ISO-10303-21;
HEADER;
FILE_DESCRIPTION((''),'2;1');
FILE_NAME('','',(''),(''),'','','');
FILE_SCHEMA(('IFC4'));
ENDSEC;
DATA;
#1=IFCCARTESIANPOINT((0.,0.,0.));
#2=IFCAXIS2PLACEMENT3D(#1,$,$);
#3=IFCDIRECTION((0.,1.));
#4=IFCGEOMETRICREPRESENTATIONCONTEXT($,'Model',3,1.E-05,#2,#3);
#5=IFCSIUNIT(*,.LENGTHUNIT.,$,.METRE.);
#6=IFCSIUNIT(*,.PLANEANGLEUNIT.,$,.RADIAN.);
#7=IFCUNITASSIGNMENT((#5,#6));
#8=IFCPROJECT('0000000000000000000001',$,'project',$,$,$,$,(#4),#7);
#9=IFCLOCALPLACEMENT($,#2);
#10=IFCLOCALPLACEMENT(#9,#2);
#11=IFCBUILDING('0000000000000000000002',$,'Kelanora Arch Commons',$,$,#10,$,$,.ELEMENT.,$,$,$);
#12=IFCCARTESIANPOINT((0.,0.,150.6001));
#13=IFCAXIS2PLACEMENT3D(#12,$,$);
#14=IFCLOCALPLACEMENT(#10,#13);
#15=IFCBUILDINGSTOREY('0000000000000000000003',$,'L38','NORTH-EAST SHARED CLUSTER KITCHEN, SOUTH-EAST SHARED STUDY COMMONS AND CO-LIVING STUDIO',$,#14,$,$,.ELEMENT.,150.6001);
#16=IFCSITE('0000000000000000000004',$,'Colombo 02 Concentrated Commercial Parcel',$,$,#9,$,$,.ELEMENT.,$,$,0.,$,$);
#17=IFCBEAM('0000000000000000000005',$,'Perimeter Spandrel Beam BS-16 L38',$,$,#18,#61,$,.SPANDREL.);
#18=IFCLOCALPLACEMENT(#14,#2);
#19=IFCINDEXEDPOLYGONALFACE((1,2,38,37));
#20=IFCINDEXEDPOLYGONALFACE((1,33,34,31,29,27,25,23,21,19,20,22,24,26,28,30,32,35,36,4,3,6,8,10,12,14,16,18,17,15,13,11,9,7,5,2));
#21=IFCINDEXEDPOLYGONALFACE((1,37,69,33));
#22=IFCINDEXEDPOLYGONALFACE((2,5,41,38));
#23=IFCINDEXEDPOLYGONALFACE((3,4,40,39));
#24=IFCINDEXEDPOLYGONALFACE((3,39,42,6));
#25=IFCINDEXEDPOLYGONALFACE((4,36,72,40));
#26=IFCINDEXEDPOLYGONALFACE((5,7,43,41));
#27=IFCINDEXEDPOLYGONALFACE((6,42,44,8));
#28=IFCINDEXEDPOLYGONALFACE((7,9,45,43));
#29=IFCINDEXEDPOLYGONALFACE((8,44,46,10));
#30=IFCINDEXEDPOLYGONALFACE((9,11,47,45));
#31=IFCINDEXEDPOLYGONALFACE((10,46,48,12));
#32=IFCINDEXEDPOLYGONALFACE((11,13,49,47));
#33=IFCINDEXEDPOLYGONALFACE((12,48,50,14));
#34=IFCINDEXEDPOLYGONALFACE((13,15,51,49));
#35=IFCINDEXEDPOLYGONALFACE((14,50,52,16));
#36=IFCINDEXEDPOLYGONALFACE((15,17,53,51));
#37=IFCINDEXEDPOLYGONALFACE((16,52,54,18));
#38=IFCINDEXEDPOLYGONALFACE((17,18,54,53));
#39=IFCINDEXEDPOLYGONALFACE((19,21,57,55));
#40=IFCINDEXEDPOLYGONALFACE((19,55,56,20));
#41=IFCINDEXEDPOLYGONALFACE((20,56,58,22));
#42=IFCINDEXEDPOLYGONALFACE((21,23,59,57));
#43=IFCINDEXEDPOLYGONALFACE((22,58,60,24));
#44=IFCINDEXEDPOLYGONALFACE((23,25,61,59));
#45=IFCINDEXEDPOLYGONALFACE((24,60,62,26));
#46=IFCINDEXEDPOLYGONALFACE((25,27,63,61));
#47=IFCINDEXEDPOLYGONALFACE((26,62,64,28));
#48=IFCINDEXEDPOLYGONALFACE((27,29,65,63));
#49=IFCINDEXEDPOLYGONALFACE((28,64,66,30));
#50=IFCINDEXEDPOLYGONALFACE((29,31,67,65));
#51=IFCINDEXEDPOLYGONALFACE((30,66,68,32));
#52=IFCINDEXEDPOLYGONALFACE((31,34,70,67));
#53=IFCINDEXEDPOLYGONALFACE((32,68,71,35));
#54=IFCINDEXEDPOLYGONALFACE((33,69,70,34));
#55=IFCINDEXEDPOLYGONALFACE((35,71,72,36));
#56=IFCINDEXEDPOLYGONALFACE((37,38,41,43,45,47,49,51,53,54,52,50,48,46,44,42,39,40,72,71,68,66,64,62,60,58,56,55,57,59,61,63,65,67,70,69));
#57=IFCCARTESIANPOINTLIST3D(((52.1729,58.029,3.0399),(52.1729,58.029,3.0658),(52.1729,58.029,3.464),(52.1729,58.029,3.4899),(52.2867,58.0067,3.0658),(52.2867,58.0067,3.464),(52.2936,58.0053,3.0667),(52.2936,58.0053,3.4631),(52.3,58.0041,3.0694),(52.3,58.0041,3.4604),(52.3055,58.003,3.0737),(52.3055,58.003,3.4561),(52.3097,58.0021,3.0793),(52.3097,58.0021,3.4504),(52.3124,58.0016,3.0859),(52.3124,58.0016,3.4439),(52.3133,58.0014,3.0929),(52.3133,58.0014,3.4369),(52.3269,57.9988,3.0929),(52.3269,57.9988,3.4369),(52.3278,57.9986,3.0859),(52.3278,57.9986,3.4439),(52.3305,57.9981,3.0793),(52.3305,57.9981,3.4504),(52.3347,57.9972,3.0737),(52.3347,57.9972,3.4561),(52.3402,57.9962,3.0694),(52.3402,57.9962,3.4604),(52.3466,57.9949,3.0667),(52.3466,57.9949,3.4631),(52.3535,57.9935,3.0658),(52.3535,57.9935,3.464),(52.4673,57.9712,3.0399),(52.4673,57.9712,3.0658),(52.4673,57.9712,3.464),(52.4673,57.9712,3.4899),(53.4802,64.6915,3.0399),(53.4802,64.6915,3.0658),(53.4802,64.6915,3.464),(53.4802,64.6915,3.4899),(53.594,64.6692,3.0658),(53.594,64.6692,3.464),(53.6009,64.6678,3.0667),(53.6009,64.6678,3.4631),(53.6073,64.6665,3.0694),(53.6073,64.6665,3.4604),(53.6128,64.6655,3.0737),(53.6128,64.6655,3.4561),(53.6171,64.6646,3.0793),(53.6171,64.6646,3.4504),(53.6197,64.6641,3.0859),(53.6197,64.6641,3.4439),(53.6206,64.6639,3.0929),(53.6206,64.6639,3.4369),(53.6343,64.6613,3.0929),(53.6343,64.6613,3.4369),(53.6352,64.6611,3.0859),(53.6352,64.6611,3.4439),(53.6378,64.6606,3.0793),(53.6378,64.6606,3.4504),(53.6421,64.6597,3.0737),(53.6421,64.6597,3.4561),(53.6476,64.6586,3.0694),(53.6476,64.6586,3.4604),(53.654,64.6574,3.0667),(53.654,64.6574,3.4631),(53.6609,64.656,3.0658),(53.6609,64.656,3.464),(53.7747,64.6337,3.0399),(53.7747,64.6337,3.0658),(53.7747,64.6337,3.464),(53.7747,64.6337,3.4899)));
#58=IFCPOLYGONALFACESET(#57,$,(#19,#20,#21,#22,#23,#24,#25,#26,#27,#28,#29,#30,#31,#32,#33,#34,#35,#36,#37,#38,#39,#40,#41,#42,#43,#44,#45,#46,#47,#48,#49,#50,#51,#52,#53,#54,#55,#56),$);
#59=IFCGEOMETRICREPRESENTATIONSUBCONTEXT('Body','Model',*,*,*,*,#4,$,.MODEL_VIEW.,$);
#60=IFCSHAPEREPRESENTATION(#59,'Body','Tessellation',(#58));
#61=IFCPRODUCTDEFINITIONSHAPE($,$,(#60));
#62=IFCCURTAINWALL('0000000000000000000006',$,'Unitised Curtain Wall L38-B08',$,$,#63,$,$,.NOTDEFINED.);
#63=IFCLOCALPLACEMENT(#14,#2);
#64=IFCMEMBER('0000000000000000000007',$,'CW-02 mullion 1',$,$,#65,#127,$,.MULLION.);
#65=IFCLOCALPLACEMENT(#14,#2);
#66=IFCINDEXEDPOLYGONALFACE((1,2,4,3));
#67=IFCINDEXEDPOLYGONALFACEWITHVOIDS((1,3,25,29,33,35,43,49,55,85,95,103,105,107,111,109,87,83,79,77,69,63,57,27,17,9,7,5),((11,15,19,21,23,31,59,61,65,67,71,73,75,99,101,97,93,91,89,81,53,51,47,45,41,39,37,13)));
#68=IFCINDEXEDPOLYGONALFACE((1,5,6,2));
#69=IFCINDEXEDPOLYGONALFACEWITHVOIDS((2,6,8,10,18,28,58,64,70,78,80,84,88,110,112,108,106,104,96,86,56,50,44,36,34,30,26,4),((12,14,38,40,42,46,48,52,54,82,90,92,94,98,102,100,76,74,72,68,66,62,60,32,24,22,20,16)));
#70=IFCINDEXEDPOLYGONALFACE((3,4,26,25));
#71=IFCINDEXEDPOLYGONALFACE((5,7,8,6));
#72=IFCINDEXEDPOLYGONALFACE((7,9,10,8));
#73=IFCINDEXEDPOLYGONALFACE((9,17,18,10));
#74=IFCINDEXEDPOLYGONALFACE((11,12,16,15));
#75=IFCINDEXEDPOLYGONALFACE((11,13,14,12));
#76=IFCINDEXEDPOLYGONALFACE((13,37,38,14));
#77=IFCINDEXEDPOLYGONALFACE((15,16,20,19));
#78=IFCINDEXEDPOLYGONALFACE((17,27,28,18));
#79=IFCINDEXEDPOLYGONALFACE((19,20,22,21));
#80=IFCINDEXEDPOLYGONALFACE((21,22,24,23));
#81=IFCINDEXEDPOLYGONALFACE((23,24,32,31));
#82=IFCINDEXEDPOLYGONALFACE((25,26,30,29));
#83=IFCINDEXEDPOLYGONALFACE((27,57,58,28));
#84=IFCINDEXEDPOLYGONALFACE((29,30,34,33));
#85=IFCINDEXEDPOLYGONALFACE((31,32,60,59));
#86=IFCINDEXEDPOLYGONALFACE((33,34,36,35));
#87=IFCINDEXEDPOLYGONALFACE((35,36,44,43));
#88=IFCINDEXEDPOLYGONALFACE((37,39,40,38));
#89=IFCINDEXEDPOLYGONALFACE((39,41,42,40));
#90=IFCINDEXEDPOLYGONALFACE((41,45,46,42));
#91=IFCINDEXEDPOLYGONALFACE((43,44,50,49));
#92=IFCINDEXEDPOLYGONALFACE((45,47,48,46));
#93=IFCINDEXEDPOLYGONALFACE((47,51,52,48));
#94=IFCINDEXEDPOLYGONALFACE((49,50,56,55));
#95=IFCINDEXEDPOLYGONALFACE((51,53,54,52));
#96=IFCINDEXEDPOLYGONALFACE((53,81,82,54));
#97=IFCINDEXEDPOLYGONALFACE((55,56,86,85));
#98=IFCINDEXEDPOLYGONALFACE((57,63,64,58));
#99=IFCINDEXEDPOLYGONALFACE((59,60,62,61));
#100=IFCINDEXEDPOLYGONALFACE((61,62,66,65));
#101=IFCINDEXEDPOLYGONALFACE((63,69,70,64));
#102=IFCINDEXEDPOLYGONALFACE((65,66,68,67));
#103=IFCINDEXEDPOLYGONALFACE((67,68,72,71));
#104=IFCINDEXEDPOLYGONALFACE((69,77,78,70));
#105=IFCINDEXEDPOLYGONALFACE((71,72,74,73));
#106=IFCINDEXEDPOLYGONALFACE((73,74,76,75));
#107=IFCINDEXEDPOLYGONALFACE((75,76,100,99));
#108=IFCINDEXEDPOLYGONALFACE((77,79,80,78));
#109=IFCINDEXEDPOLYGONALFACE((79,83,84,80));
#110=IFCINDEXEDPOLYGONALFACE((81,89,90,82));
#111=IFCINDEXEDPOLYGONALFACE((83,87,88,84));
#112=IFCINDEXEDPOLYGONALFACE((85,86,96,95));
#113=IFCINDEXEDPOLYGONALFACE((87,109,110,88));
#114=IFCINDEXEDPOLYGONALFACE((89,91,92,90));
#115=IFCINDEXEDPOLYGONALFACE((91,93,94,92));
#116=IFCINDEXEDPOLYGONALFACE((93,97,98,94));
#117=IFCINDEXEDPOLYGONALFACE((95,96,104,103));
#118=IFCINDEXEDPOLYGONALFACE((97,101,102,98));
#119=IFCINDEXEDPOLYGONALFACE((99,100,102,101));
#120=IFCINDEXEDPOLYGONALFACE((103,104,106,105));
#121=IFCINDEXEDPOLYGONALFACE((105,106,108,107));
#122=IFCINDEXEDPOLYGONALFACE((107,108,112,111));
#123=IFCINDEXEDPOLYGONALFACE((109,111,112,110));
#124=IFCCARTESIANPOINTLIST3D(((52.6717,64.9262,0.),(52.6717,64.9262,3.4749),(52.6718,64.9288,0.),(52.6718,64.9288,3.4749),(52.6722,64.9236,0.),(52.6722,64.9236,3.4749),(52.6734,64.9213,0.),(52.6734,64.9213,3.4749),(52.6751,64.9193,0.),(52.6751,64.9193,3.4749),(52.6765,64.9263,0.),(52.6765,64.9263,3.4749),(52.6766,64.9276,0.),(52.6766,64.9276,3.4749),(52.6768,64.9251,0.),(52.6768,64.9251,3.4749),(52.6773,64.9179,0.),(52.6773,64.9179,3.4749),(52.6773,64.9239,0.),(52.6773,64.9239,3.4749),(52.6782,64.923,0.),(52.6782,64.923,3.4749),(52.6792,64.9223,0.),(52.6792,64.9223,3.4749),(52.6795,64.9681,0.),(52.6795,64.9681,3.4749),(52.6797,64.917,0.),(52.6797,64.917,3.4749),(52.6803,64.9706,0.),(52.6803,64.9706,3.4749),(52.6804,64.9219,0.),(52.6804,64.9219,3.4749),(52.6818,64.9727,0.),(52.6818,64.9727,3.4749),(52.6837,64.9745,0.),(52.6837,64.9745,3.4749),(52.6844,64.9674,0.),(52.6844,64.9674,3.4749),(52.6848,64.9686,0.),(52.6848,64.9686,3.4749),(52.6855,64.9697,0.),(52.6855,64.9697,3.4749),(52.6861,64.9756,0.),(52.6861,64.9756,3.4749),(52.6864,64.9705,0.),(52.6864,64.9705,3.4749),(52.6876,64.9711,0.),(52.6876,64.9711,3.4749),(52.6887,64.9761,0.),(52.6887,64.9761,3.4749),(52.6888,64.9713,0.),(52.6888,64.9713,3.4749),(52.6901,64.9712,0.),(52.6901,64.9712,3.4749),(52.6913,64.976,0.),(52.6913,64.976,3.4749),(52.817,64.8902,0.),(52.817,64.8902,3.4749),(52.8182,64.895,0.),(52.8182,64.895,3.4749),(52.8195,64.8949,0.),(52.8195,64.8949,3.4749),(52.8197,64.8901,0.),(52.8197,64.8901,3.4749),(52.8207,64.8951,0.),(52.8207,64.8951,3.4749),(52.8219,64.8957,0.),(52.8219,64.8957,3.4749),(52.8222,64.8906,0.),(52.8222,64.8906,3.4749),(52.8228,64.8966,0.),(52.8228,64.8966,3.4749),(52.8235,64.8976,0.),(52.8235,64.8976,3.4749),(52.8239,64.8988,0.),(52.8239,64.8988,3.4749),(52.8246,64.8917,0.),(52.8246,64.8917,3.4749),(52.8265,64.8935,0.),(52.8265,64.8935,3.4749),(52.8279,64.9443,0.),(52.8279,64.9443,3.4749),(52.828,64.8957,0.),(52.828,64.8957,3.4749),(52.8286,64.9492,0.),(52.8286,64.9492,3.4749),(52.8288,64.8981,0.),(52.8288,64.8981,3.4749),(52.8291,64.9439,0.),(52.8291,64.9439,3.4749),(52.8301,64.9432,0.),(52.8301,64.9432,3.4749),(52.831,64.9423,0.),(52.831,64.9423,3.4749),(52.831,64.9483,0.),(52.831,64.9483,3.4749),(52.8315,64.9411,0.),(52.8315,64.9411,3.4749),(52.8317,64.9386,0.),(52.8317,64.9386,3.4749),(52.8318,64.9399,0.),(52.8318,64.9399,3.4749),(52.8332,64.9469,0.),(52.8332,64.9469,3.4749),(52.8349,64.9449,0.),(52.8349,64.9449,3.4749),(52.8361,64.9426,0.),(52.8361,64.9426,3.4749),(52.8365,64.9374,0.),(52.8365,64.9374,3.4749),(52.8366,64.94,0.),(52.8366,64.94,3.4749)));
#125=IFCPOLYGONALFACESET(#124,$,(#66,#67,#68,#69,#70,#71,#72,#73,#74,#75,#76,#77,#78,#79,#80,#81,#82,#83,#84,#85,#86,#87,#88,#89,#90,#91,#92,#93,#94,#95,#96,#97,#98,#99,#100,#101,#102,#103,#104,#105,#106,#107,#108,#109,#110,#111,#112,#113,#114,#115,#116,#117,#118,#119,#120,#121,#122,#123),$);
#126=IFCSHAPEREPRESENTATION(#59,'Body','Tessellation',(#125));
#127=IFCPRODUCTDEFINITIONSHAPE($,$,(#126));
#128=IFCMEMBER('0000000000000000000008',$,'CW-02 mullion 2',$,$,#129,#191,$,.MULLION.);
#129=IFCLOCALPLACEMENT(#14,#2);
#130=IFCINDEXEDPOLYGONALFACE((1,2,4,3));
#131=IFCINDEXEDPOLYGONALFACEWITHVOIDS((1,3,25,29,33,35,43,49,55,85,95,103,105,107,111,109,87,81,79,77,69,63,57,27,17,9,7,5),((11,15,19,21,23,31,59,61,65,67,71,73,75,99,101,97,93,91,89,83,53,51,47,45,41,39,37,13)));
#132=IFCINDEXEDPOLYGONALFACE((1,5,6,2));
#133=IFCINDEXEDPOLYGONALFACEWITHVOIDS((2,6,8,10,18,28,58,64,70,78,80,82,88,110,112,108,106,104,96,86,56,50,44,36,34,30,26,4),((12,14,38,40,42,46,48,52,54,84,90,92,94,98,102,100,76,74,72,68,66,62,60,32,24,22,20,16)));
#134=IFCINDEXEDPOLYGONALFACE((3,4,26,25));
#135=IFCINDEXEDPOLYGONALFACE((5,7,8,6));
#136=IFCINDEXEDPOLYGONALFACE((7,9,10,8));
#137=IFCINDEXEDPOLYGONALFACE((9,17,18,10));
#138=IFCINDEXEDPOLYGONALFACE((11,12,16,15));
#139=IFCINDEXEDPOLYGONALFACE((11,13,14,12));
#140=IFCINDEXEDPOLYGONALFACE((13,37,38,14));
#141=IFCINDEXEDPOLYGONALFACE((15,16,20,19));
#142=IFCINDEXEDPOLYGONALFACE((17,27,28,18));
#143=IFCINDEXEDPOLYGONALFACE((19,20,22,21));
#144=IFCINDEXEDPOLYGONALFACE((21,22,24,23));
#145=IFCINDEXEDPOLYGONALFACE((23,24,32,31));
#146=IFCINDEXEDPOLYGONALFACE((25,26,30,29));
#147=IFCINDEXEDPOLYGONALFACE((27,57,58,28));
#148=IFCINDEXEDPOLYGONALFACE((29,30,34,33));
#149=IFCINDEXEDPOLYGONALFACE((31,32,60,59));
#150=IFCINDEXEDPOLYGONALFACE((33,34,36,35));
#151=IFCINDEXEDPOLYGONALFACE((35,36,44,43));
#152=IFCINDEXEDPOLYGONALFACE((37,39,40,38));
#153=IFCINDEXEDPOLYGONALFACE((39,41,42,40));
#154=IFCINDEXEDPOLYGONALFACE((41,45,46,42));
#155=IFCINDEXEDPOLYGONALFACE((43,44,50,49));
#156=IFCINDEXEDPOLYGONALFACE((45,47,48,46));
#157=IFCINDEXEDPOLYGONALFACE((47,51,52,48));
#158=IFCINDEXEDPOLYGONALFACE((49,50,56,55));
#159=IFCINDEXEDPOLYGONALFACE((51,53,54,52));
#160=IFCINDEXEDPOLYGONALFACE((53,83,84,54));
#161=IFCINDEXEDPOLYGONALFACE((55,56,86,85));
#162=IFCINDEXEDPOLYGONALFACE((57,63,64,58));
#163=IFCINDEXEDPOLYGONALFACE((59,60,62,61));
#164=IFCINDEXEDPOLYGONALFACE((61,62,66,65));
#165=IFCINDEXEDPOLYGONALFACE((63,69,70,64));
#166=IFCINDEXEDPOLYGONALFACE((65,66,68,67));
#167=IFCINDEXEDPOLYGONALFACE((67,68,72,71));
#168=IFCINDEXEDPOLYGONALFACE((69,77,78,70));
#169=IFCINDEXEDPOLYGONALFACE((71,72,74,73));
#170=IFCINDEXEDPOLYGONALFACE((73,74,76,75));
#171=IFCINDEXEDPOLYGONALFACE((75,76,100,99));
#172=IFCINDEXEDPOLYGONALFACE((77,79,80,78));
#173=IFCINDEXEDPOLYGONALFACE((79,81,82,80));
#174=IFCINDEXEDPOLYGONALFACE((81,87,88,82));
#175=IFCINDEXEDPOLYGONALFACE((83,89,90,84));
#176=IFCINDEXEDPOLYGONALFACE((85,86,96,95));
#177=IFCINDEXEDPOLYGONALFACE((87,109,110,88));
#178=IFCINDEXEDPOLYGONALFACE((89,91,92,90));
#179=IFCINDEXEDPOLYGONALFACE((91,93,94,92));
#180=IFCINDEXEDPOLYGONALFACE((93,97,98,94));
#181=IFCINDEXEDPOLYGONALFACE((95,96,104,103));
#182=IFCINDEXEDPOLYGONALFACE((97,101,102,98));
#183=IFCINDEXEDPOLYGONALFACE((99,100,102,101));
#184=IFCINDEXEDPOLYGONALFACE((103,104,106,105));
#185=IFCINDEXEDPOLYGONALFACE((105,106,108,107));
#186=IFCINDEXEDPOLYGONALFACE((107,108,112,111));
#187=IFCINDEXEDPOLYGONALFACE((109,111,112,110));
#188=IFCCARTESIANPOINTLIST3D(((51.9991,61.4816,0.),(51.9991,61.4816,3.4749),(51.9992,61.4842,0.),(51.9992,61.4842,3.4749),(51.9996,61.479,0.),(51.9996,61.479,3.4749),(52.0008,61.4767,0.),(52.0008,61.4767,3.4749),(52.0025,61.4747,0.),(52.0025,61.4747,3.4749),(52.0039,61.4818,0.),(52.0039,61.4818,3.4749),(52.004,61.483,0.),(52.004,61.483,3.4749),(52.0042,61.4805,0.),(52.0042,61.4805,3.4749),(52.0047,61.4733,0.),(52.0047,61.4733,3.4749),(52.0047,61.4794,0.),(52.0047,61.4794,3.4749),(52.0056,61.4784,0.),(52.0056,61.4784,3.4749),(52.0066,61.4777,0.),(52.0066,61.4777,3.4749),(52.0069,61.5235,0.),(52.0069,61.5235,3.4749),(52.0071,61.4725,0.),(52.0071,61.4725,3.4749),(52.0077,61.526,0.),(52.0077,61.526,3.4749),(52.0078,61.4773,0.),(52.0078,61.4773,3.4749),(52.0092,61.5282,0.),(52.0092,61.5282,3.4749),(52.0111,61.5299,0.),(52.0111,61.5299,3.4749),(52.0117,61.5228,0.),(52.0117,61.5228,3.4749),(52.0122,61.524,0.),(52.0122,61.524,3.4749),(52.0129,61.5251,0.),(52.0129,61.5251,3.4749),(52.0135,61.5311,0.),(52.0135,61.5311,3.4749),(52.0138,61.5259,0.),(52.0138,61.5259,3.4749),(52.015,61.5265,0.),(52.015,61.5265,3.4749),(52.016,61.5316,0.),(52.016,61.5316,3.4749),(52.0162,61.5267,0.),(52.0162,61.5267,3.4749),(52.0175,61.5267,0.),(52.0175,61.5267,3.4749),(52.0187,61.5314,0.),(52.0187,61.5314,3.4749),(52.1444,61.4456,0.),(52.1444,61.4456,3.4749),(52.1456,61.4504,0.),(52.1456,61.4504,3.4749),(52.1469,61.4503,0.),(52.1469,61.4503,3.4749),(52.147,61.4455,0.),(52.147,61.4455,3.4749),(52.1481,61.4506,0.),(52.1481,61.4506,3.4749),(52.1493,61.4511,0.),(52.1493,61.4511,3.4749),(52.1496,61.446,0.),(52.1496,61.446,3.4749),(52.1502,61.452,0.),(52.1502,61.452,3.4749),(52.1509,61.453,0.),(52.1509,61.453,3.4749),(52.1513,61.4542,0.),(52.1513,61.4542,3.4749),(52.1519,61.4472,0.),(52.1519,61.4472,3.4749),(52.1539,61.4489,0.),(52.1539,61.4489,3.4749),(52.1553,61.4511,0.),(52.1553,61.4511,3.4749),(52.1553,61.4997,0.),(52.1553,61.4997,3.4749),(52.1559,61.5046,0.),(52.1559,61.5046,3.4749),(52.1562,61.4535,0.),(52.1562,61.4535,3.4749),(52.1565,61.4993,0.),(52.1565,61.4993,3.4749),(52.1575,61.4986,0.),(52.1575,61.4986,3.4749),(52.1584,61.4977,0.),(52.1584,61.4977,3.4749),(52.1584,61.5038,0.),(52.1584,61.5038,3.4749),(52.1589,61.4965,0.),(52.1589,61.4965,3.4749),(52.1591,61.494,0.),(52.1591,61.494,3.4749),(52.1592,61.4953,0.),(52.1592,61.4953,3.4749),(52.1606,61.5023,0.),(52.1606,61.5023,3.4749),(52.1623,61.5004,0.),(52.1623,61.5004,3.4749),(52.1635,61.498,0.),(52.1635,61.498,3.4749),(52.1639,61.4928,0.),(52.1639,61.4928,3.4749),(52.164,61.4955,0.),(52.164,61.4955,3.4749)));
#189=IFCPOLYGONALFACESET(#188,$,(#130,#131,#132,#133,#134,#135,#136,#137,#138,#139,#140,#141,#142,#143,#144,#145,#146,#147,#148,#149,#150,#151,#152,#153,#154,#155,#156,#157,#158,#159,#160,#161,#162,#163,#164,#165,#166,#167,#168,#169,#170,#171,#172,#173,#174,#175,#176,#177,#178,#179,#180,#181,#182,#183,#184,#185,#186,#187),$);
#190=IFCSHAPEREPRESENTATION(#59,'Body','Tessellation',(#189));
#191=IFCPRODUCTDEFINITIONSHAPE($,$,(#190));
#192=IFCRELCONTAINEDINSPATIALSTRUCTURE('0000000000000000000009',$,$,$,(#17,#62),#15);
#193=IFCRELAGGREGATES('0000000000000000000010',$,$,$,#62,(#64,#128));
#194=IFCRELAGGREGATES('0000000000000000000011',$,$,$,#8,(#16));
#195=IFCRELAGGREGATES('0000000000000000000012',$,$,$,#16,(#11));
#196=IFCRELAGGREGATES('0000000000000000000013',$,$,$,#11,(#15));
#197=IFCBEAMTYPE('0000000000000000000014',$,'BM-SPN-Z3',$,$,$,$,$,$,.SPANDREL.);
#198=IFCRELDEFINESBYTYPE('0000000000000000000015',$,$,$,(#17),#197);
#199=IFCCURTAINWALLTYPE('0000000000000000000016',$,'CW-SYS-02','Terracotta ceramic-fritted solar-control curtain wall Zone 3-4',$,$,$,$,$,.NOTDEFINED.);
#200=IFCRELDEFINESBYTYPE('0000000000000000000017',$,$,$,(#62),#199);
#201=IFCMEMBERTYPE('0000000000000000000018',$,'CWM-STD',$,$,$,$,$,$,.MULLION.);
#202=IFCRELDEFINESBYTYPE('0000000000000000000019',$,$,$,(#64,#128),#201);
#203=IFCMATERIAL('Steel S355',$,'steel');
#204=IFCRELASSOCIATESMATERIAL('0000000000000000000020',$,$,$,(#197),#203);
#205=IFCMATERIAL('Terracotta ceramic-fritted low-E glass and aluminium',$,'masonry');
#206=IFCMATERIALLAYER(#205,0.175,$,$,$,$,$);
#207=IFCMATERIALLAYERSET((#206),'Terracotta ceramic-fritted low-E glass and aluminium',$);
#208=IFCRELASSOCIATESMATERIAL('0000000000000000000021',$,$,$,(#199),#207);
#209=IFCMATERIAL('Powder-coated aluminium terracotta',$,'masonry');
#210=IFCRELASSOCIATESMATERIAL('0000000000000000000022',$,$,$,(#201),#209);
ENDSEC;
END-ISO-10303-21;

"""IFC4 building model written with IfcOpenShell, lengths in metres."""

from ifc_helpers import new_model, si_unit, direction, frame, origin, origin_2d, place, context, subcontext, project, spatial, hollow_rectangle, i_section, extrude, material, layer, layer_set, material_profile, profile_set, type_object, element, aggregate, save


model = new_model("IFC4")

# Units and contexts
model_context = context("Model", 3, precision=1e-05, world=origin(), true_north=direction((0.0, 1.0)))
body_context = subcontext(model_context, "Body", "Model", "MODEL_VIEW")
ifc_project = project(units=[si_unit("LENGTHUNIT", "METRE"), si_unit("PLANEANGLEUNIT", "RADIAN")], contexts=[model_context])

# Site, building, storey
site_placement = place(None, origin())
site = spatial("IfcSite", under=ifc_project, at=site_placement, Name="Colombo 02 Concentrated Commercial Parcel", CompositionType="ELEMENT", RefElevation=0.0)
building_placement = place(site_placement, origin())
building = spatial("IfcBuilding", under=site, at=building_placement, Name="Kelanora Arch Commons", CompositionType="ELEMENT")
storey_placement = place(building_placement, frame((0.0, 0.0, 150.6001)))
storey = spatial("IfcBuildingStorey", under=building, at=storey_placement, Name="L38", Description="NORTH-EAST SHARED CLUSTER KITCHEN, SOUTH-EAST SHARED STUDY COMMONS AND CO-LIVING STUDIO", CompositionType="ELEMENT", Elevation=150.6001)

# Beam
ifc_material_1 = material(Name="Steel S355", Category="steel")
ifc_material_profile_1 = material_profile(ifc_material_1, i_section(OverallWidth=0.3, OverallDepth=0.45, WebThickness=0.0139, FlangeThickness=0.0259, FilletRadius=0.0271, at=origin_2d()), Name="HEB450")
ifc_profile_set_1 = profile_set([ifc_material_profile_1], Name="Steel S355")
beam_type_1 = type_object("IfcBeamType", Name="BM-SPN-Z3", PredefinedType="SPANDREL", material=ifc_profile_set_1)
beam_1_placement = place(storey_placement, frame((53.6274, 64.6626, 3.2649), z_axis=(-0.192554, -0.981286, 0.0), x_axis=(0.981286, -0.192554, 0.0)))
element("IfcBeam", 1, at=beam_1_placement, inside=storey, type_object=beam_type_1, Name="Perimeter Spandrel Beam BS-16 L38", PredefinedType="SPANDREL", context=body_context, shape_type="SweptSolid", body=[
    extrude(i_section(OverallWidth=0.3, OverallDepth=0.45, WebThickness=0.0139, FlangeThickness=0.0259, FilletRadius=0.0271, at=origin_2d()), origin(), (0.0, 0.0, 1.0), 6.7896),
])

# Curtain wall, members
ifc_material_2 = material(Name="Terracotta ceramic-fritted low-E glass and aluminium", Category="masonry")
ifc_layer_1 = layer(ifc_material_2, 0.175)
ifc_layer_set_1 = layer_set([ifc_layer_1], Name="Terracotta ceramic-fritted low-E glass and aluminium")
curtain_wall_type = type_object("IfcCurtainWallType", Name="CW-SYS-02", Description="Terracotta ceramic-fritted solar-control curtain wall Zone 3-4", PredefinedType="NOTDEFINED", material=ifc_layer_set_1)
curtain_wall_placement = place(storey_placement, origin())
curtain_wall = element("IfcCurtainWall", 2, at=curtain_wall_placement, inside=storey, type_object=curtain_wall_type, Name="Unitised Curtain Wall L38-B08", PredefinedType="NOTDEFINED")
ifc_material_3 = material(Name="Powder-coated aluminium terracotta", Category="masonry")
ifc_material_profile_2 = material_profile(ifc_material_3, hollow_rectangle(XDim=0.1599, YDim=0.0601, WallThickness=0.0049, InnerFilletRadius=0.0049, OuterFilletRadius=0.01, at=origin_2d()), Name="CWM160x60")
ifc_profile_set_2 = profile_set([ifc_material_profile_2], Name="Powder-coated aluminium terracotta")
member_type_1 = type_object("IfcMemberType", Name="CWM-STD", PredefinedType="MULLION", material=ifc_profile_set_2)
member_1_placement = place(storey_placement, frame((52.7542, 64.9331, 0.0), z_axis=(0.0, 0.0, 1.0), x_axis=(0.981453, -0.191705, 0.0)))
member_1 = element("IfcMember", 3, at=member_1_placement, type_object=member_type_1, Name="CW-02 mullion 1", PredefinedType="MULLION", context=body_context, shape_type="SweptSolid", body=[
    extrude(hollow_rectangle(XDim=0.1599, YDim=0.0601, WallThickness=0.0049, InnerFilletRadius=0.0049, OuterFilletRadius=0.01, at=origin_2d()), origin(), (0.0, 0.0, 1.0), 3.4749),
])
member_2_placement = place(storey_placement, frame((52.0815, 61.4885, 0.0), z_axis=(0.0, 0.0, 1.0), x_axis=(0.981453, -0.191705, 0.0)))
member_2 = element("IfcMember", 4, at=member_2_placement, type_object=member_type_1, Name="CW-02 mullion 2", PredefinedType="MULLION", context=body_context, shape_type="SweptSolid", body=[
    extrude(hollow_rectangle(XDim=0.1599, YDim=0.0601, WallThickness=0.0049, InnerFilletRadius=0.0049, OuterFilletRadius=0.01, at=origin_2d()), origin(), (0.0, 0.0, 1.0), 3.4749),
])
aggregate(curtain_wall, [member_1, member_2])

save(model, "model.ifc")
